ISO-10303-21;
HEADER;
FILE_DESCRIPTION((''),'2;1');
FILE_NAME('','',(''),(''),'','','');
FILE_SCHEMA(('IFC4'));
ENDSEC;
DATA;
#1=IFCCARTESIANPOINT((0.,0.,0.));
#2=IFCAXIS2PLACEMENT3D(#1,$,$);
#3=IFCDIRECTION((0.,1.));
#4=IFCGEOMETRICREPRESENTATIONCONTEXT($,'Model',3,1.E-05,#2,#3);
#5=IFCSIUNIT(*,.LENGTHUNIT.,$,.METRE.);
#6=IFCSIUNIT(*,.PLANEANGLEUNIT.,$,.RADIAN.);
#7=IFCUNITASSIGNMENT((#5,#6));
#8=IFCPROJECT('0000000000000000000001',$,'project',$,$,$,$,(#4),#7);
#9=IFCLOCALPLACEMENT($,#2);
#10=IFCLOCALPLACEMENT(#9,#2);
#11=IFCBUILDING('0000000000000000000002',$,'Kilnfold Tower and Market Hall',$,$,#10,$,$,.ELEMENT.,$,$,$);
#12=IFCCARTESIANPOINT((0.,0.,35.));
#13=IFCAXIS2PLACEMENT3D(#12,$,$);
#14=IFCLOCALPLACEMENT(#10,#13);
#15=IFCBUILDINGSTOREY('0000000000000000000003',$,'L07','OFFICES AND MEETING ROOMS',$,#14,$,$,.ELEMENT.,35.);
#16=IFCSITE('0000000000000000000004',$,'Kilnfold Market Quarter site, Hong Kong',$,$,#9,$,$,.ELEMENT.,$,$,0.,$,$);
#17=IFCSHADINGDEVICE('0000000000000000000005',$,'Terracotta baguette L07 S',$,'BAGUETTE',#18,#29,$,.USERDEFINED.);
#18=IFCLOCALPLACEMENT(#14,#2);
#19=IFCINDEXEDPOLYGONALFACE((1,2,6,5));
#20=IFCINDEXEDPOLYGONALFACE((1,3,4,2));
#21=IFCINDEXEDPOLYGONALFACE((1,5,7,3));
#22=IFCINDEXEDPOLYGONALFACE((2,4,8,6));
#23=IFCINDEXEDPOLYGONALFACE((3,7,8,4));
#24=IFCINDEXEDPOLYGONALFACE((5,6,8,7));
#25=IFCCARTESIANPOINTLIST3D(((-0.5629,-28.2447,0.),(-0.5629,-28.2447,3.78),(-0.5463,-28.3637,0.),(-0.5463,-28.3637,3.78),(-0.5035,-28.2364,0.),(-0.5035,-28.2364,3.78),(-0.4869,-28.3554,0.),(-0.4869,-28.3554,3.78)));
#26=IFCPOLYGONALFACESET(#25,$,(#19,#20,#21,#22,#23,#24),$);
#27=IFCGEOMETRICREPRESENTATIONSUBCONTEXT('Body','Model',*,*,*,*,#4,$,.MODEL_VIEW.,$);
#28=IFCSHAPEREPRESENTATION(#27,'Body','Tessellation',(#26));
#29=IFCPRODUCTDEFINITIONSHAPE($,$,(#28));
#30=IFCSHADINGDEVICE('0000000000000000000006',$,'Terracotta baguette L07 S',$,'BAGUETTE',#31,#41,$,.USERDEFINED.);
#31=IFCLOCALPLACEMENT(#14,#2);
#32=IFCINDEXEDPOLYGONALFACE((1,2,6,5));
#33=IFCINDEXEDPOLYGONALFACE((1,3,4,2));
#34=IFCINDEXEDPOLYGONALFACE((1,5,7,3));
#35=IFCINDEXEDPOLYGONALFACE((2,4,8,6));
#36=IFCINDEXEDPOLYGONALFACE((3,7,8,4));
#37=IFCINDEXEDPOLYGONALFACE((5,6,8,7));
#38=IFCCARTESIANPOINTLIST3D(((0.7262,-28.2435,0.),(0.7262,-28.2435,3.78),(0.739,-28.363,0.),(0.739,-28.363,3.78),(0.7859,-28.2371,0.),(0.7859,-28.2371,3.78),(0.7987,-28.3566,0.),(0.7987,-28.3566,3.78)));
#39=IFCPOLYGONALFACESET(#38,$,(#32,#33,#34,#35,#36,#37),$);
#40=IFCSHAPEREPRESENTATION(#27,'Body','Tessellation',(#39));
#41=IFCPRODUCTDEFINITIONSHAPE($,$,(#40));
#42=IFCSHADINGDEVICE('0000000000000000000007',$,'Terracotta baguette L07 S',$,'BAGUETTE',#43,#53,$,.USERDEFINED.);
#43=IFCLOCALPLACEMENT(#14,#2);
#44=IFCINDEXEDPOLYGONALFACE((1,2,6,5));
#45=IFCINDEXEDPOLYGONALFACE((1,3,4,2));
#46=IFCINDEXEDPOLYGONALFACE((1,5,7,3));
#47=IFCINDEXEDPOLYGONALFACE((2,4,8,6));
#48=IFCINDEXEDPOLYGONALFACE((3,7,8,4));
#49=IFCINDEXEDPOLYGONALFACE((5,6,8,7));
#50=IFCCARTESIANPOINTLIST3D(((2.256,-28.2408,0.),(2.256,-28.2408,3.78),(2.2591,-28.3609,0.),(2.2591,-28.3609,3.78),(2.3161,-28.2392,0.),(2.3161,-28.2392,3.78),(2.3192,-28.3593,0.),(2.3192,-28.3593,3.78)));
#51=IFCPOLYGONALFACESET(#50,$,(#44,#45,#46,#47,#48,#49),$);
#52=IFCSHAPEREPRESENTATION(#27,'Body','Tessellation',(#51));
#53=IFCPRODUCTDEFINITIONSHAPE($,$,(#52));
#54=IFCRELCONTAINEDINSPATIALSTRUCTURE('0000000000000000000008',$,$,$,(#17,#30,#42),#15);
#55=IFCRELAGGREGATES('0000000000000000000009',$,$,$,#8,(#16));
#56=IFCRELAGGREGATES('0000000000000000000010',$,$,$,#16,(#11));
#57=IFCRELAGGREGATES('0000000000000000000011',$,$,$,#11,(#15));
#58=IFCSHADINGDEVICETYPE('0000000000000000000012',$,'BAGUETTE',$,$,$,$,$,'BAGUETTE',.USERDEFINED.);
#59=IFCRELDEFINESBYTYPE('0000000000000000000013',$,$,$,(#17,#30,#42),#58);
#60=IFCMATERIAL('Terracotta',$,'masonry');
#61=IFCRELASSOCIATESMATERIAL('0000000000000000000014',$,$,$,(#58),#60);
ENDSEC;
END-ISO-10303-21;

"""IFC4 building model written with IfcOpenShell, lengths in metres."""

from ifc_helpers import new_model, si_unit, direction, frame, origin, origin_2d, place, context, subcontext, project, spatial, rectangle, extrude, source, transform, mapped, material, material_profile, profile_set, type_object, element, save


model = new_model("IFC4")

# Units and contexts
model_context = context("Model", 3, precision=1e-05, world=origin(), true_north=direction((0.0, 1.0)))
body_context = subcontext(model_context, "Body", "Model", "MODEL_VIEW")
ifc_project = project(units=[si_unit("LENGTHUNIT", "METRE"), si_unit("PLANEANGLEUNIT", "RADIAN")], contexts=[model_context])

# Site, building, storey
site_placement = place(None, origin())
site = spatial("IfcSite", under=ifc_project, at=site_placement, Name="Kilnfold Market Quarter site, Hong Kong", CompositionType="ELEMENT", RefElevation=0.0)
building_placement = place(site_placement, origin())
building = spatial("IfcBuilding", under=site, at=building_placement, Name="Kilnfold Tower and Market Hall", CompositionType="ELEMENT")
storey_placement = place(building_placement, frame((0.0, 0.0, 35.0)))
storey = spatial("IfcBuildingStorey", under=building, at=storey_placement, Name="L07", Description="OFFICES AND MEETING ROOMS", CompositionType="ELEMENT", Elevation=35.0)

# Shading devices
ifc_material_1 = material(Name="Terracotta", Category="masonry")
ifc_material_profile_1 = material_profile(ifc_material_1, rectangle(XDim=0.0601, YDim=0.1201, at=origin_2d()), Name="BAG 60x120")
ifc_profile_set_1 = profile_set([ifc_material_profile_1], Name="Terracotta")
shading_device_type = type_object("IfcShadingDeviceType", Name="BAGUETTE", ElementType="BAGUETTE", PredefinedType="USERDEFINED", material=ifc_profile_set_1)
shared_shape_1 = source(origin(), body_context, "Body", "SweptSolid", [
    extrude(rectangle(XDim=0.0601, YDim=0.1201, at=origin_2d()), origin(), (0.0, 0.0, 1.0), 3.78),
])
for number, where, z_axis, x_axis, name in (
    (1, (-0.5249, -28.3, 0.0), (0.0, 0.0, 1.0), (0.990413, 0.138136, 0.0), "Terracotta baguette L07 S"),
    (2, (0.7625, -28.3, 0.0), (0.0, 0.0, 1.0), (0.994307, 0.106557, 0.0), "Terracotta baguette L07 S"),
    (3, (2.2876, -28.3, 0.0), (0.0, 0.0, 1.0), (0.999667, 0.025821, 0.0), "Terracotta baguette L07 S"),
):
    element("IfcShadingDevice", number, at=place(storey_placement, frame(where, z_axis=z_axis, x_axis=x_axis)), inside=storey, type_object=shading_device_type, Name=name, ObjectType="BAGUETTE", PredefinedType="USERDEFINED", context=body_context, shape_type="MappedRepresentation", body=[
        mapped(shared_shape_1, transform((0.0, 0.0, 0.0))),
    ])

save(model, "model.ifc")
